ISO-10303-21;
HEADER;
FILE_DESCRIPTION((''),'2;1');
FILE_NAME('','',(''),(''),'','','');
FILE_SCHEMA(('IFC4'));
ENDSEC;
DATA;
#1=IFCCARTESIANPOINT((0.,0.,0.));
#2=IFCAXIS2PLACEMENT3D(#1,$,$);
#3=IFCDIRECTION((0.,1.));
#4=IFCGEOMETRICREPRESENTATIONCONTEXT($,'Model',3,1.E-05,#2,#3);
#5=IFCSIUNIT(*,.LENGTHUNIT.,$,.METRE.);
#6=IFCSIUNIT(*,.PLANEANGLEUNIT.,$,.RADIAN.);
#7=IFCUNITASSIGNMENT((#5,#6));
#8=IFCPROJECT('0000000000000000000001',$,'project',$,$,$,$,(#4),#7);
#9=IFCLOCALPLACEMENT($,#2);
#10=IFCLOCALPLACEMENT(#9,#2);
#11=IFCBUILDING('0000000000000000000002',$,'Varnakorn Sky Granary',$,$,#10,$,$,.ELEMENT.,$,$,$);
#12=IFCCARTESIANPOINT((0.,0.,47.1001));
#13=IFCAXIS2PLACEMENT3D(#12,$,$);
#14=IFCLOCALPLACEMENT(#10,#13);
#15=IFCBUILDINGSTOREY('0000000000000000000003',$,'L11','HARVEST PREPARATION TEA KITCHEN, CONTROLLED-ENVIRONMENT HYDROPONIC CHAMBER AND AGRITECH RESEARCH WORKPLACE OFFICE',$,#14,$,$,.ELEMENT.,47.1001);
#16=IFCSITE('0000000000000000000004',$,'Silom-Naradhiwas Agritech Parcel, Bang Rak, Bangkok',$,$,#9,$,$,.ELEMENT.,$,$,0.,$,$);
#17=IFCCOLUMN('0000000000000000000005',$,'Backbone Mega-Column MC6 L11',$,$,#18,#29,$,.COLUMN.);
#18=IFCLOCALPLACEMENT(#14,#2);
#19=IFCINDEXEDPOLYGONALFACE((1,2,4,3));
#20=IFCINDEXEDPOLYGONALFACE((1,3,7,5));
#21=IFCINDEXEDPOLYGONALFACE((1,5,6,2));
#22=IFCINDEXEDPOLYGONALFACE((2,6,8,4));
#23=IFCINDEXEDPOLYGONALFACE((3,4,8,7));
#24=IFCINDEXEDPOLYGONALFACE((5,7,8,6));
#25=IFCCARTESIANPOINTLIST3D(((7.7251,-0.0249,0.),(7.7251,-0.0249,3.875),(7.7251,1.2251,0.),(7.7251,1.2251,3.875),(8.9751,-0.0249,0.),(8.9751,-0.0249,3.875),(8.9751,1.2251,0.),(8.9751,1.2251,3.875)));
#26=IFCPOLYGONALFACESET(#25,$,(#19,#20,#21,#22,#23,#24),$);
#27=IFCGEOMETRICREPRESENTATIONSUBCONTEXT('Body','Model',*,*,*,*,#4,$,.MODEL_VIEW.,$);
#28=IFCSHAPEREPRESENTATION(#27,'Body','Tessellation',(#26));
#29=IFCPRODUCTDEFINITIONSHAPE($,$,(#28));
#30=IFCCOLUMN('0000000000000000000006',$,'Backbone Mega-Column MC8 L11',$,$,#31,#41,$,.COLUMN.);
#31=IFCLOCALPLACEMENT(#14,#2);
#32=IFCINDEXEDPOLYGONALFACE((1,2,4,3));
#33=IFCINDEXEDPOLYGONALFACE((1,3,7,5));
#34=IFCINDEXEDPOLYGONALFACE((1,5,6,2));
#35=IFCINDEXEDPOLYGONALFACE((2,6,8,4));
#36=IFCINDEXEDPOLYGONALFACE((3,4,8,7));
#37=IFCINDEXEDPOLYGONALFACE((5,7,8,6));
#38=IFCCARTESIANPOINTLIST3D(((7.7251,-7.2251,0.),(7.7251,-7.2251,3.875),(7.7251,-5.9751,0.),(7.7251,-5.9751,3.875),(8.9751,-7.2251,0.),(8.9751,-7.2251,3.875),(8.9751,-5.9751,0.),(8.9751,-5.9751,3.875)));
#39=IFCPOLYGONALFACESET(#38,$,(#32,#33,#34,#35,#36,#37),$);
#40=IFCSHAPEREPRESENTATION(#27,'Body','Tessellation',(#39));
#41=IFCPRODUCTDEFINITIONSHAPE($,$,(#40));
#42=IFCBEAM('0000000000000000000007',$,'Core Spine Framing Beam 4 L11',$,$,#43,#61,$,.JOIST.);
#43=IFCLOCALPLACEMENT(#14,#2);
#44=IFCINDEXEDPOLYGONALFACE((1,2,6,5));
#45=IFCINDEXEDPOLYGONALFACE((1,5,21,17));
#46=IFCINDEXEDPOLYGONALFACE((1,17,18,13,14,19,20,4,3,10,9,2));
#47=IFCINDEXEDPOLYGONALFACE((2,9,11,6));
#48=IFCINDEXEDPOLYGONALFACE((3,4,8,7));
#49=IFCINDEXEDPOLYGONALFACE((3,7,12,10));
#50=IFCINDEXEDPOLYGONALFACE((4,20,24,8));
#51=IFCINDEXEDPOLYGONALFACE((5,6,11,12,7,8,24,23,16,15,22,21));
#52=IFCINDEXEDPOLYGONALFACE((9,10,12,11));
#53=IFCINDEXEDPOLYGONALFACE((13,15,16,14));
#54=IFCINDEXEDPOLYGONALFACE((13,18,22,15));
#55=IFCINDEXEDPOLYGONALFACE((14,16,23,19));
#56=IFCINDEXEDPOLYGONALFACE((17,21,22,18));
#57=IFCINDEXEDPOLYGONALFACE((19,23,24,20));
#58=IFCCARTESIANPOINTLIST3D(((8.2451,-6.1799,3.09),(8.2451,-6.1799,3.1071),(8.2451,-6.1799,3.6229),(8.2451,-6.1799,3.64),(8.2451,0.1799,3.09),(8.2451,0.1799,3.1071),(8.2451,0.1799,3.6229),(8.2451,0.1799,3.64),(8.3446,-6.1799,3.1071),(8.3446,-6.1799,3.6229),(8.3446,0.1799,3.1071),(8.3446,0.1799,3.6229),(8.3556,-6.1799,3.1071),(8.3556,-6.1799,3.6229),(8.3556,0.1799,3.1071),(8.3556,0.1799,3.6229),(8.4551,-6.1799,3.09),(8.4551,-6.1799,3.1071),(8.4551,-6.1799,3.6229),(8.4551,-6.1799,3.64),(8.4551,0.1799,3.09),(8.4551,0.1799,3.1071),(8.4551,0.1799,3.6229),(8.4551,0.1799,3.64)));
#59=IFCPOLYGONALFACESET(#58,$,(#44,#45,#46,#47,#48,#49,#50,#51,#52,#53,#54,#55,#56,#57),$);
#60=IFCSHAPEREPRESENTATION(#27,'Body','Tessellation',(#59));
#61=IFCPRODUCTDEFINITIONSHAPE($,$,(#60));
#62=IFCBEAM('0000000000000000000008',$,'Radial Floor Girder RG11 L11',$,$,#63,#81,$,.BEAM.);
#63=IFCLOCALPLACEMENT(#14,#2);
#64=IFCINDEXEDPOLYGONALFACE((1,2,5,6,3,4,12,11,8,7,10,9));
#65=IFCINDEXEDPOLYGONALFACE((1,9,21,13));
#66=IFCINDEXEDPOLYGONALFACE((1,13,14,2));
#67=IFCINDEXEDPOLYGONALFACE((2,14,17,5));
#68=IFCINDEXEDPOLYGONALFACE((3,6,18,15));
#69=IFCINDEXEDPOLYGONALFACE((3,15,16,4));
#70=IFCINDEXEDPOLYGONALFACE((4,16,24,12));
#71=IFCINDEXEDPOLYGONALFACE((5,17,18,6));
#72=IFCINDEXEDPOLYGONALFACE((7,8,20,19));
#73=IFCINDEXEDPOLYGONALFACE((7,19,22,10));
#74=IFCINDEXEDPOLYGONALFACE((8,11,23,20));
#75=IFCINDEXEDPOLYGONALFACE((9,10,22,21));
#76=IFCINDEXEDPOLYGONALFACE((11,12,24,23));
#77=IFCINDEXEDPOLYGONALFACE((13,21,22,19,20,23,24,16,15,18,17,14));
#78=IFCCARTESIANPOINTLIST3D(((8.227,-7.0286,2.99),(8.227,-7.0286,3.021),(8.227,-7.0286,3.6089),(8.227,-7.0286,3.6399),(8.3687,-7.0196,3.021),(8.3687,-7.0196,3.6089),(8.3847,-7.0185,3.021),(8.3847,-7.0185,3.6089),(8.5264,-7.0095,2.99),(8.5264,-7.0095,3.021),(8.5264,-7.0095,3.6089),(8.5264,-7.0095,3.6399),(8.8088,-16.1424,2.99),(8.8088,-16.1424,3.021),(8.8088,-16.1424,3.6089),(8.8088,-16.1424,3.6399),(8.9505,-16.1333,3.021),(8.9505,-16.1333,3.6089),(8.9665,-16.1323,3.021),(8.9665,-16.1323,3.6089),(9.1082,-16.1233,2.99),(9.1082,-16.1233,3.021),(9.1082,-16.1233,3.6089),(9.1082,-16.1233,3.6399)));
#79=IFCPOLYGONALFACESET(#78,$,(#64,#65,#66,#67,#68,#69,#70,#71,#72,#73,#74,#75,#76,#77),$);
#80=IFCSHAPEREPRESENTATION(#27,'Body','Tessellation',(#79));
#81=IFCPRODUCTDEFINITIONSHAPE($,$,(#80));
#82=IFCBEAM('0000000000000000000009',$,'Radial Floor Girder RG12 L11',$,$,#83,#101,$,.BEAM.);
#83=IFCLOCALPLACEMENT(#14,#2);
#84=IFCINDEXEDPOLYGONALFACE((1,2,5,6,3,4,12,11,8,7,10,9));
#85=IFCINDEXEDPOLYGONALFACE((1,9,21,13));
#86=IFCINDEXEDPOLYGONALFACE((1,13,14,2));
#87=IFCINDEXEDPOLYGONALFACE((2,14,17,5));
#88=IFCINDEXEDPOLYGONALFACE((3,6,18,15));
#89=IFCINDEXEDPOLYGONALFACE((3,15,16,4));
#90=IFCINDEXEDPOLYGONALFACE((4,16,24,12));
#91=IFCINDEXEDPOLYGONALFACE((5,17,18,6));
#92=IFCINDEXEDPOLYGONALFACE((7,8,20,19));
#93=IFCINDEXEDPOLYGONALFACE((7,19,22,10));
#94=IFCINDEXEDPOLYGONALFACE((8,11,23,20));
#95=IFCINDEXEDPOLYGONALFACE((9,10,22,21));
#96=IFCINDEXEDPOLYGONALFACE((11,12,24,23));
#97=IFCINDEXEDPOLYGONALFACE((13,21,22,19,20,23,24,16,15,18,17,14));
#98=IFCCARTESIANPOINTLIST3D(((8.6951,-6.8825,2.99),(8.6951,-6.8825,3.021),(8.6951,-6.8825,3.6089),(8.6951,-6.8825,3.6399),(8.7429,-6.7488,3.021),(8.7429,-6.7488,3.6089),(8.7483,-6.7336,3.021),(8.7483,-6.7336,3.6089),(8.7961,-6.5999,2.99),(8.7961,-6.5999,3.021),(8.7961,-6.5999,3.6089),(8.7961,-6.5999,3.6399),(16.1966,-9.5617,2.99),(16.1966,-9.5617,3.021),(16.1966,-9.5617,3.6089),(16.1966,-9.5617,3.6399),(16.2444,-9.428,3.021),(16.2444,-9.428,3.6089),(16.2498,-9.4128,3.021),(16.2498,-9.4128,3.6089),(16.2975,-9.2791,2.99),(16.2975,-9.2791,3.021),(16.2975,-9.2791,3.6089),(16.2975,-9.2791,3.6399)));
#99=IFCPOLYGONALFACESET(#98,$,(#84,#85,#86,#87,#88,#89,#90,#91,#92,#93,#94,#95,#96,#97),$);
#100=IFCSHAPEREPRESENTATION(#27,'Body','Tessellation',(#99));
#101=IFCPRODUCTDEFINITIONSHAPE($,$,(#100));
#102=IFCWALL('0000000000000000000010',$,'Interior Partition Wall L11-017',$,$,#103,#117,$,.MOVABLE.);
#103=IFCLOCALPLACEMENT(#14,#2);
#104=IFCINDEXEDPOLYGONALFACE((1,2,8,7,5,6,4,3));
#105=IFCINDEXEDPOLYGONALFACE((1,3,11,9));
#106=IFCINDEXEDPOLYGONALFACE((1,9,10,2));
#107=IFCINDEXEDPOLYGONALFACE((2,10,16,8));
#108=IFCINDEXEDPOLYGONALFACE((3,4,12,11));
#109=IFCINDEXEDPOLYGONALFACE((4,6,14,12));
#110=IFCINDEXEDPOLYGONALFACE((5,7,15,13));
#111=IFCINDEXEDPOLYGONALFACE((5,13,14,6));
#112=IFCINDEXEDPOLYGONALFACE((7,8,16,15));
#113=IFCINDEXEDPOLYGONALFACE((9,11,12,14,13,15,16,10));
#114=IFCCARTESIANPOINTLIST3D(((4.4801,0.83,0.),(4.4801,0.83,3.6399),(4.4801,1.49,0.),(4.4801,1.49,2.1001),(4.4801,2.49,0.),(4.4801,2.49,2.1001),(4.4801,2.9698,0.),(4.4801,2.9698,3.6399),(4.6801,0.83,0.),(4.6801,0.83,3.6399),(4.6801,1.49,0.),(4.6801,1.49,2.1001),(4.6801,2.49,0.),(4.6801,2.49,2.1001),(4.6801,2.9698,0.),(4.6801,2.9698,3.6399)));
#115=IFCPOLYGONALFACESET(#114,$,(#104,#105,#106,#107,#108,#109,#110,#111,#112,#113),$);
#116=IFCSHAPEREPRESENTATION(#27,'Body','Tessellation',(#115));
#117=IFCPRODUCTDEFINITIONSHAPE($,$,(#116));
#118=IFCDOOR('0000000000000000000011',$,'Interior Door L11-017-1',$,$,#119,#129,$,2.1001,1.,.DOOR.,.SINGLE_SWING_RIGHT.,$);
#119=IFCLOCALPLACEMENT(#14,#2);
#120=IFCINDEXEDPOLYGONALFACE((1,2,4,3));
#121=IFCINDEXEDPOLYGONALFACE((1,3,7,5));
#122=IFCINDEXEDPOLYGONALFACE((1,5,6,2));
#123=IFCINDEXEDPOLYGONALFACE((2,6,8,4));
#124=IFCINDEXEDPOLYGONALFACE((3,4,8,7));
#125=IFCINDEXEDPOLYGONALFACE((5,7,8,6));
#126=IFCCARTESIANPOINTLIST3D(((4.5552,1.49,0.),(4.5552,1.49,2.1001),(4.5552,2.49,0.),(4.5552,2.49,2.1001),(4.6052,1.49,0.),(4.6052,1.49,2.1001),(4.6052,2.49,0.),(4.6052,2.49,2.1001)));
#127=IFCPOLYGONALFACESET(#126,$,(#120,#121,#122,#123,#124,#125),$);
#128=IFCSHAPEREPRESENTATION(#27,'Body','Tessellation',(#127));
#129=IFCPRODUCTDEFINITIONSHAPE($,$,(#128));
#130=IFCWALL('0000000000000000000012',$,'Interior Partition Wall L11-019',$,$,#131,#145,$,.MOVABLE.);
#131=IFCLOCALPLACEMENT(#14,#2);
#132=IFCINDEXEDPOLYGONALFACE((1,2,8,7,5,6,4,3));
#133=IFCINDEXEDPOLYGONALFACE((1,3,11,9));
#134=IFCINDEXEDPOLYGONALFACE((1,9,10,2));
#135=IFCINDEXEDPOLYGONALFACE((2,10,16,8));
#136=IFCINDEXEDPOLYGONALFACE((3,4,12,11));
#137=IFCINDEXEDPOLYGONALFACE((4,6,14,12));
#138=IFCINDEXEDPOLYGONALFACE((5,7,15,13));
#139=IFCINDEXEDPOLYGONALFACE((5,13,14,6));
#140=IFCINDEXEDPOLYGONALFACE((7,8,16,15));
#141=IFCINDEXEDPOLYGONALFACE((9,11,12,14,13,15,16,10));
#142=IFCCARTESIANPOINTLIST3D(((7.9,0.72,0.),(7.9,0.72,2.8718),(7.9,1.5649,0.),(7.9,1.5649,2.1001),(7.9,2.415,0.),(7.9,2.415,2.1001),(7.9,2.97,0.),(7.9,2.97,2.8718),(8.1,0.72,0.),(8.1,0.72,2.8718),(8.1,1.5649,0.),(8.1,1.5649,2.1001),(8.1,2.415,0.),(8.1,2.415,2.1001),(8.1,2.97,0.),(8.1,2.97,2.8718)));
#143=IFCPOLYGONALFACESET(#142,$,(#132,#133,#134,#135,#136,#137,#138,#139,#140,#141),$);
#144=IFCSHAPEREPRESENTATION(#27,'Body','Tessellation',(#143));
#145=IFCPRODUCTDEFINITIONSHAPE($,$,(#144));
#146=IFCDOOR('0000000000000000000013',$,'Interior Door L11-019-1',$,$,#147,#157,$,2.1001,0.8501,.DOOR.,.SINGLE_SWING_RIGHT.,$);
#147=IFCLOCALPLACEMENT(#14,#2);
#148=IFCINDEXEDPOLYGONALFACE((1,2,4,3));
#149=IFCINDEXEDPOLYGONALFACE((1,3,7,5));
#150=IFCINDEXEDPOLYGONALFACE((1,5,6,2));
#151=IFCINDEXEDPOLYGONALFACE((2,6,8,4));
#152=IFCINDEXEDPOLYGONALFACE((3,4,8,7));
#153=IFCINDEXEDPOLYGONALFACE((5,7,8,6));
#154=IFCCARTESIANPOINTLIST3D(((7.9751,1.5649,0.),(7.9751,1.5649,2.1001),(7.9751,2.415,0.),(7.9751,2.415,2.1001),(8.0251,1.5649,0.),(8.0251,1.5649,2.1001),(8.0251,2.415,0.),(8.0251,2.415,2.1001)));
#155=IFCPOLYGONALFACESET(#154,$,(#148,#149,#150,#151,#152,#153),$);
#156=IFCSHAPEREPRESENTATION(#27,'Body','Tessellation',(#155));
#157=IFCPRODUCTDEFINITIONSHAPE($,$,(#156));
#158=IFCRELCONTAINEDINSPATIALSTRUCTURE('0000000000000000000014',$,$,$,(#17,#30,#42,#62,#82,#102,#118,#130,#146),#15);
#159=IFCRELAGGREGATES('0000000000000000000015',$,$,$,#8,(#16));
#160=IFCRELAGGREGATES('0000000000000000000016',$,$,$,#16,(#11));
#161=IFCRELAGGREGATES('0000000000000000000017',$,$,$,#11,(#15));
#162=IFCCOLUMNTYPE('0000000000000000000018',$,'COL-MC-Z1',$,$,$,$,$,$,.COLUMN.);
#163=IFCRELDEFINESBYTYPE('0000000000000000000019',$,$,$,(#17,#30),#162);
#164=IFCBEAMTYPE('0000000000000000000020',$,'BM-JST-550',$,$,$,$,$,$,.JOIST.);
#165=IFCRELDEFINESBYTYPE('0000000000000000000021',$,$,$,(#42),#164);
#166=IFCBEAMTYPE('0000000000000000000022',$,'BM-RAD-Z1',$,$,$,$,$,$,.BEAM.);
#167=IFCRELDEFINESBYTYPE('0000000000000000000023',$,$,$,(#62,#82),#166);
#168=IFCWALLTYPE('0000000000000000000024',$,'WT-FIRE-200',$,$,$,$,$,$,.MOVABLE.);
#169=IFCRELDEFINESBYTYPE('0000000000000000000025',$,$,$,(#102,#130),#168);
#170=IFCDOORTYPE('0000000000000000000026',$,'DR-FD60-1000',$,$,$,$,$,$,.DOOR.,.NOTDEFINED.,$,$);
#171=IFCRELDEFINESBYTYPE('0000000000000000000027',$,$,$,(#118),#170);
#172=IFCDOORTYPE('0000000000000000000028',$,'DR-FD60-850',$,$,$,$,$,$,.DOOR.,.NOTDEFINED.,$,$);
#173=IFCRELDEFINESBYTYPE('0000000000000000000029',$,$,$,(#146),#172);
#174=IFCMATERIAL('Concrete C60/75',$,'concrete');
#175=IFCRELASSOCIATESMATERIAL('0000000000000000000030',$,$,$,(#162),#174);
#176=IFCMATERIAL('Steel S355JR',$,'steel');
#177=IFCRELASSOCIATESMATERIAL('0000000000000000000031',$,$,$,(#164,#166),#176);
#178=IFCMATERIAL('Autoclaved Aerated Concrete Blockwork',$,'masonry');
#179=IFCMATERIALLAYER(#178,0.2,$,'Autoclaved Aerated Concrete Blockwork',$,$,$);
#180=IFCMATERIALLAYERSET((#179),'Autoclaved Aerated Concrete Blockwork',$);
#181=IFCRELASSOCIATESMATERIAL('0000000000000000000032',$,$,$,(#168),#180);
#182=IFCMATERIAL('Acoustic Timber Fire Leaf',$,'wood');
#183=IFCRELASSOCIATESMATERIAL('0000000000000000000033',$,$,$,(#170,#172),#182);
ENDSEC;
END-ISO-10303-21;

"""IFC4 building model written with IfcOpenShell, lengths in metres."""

from ifc_helpers import new_model, si_unit, direction, frame, frame_2d, origin, origin_2d, place, context, subcontext, project, spatial, rectangle, i_section, extrude, material, layer, layer_set, material_profile, profile_set, type_object, element, fill, save


model = new_model("IFC4")

# Units and contexts
model_context = context("Model", 3, precision=1e-05, world=origin(), true_north=direction((0.0, 1.0)))
body_context = subcontext(model_context, "Body", "Model", "MODEL_VIEW")
ifc_project = project(units=[si_unit("LENGTHUNIT", "METRE"), si_unit("PLANEANGLEUNIT", "RADIAN")], contexts=[model_context])

# Site, building, storey
site_placement = place(None, origin())
site = spatial("IfcSite", under=ifc_project, at=site_placement, Name="Silom-Naradhiwas Agritech Parcel, Bang Rak, Bangkok", CompositionType="ELEMENT", RefElevation=0.0)
building_placement = place(site_placement, origin())
building = spatial("IfcBuilding", under=site, at=building_placement, Name="Varnakorn Sky Granary", CompositionType="ELEMENT")
storey_placement = place(building_placement, frame((0.0, 0.0, 47.1001)))
storey = spatial("IfcBuildingStorey", under=building, at=storey_placement, Name="L11", Description="HARVEST PREPARATION TEA KITCHEN, CONTROLLED-ENVIRONMENT HYDROPONIC CHAMBER AND AGRITECH RESEARCH WORKPLACE OFFICE", CompositionType="ELEMENT", Elevation=47.1001)

# Columns
ifc_material_1 = material(Name="Concrete C60/75", Category="concrete")
ifc_material_profile_1 = material_profile(ifc_material_1, rectangle(XDim=1.25, YDim=1.25, at=origin_2d()), Name="RC 1250x1250")
ifc_profile_set_1 = profile_set([ifc_material_profile_1], Name="Concrete C60/75")
column_type = type_object("IfcColumnType", Name="COL-MC-Z1", PredefinedType="COLUMN", material=ifc_profile_set_1)
for number, where, z_axis, x_axis, name in (
    (1, (8.3501, 0.6001, 0.0), (0.0, 0.0, 1.0), (1.0, 0.0, 0.0), "Backbone Mega-Column MC6 L11"),
    (2, (8.3501, -6.6001, 0.0), (0.0, 0.0, 1.0), (1.0, 0.0, 0.0), "Backbone Mega-Column MC8 L11"),
):
    element("IfcColumn", number, at=place(storey_placement, frame(where, z_axis=z_axis, x_axis=x_axis)), inside=storey, type_object=column_type, Name=name, PredefinedType="COLUMN", context=body_context, shape_type="SweptSolid", body=[
        extrude(rectangle(XDim=1.25, YDim=1.25, at=origin_2d()), origin(), (0.0, 0.0, 1.0), 3.875),
    ])

# Beams
ifc_material_2 = material(Name="Steel S355JR", Category="steel")
ifc_material_profile_2 = material_profile(ifc_material_2, i_section(OverallWidth=0.21, OverallDepth=0.55, WebThickness=0.011, FlangeThickness=0.0171, at=origin_2d()), Name="IPE 550")
ifc_profile_set_2 = profile_set([ifc_material_profile_2], Name="Steel S355JR")
beam_type_1 = type_object("IfcBeamType", Name="BM-JST-550", PredefinedType="JOIST", material=ifc_profile_set_2)
beam_1_placement = place(storey_placement, frame((8.3501, 0.1799, 3.365), z_axis=(0.0, -1.0, 0.0), x_axis=(1.0, 0.0, 0.0)))
element("IfcBeam", 3, at=beam_1_placement, inside=storey, type_object=beam_type_1, Name="Core Spine Framing Beam 4 L11", PredefinedType="JOIST", context=body_context, shape_type="SweptSolid", body=[
    extrude(i_section(OverallWidth=0.21, OverallDepth=0.55, WebThickness=0.011, FlangeThickness=0.0171, at=origin_2d()), origin(), (0.0, 0.0, 1.0), 6.3599),
])
ifc_material_profile_3 = material_profile(ifc_material_2, i_section(OverallWidth=0.3, OverallDepth=0.6499, WebThickness=0.0161, FlangeThickness=0.031, at=origin_2d()), Name="HE 650 B")
ifc_profile_set_3 = profile_set([ifc_material_profile_3], Name="Steel S355JR")
beam_type_2 = type_object("IfcBeamType", Name="BM-RAD-Z1", PredefinedType="BEAM", material=ifc_profile_set_3)
beam_2_placement = place(storey_placement, frame((8.3767, -7.019, 3.3149), z_axis=(0.063706, -0.997969, 0.0), x_axis=(0.997969, 0.063706, 0.0)))
element("IfcBeam", 4, at=beam_2_placement, inside=storey, type_object=beam_type_2, Name="Radial Floor Girder RG11 L11", PredefinedType="BEAM", context=body_context, shape_type="SweptSolid", body=[
    extrude(i_section(OverallWidth=0.3, OverallDepth=0.6499, WebThickness=0.0161, FlangeThickness=0.031, at=origin_2d()), origin(), (0.0, 0.0, 1.0), 9.1323),
])
beam_3_placement = place(storey_placement, frame((8.7456, -6.7412, 3.3149), z_axis=(0.941738, -0.336348, 0.0), x_axis=(0.336348, 0.941738, 0.0)))
element("IfcBeam", 5, at=beam_3_placement, inside=storey, type_object=beam_type_2, Name="Radial Floor Girder RG12 L11", PredefinedType="BEAM", context=body_context, shape_type="SweptSolid", body=[
    extrude(i_section(OverallWidth=0.3, OverallDepth=0.6499, WebThickness=0.0161, FlangeThickness=0.031, at=origin_2d()), origin(), (0.0, 0.0, 1.0), 7.9656),
])

# Walls, openings, doors
ifc_material_3 = material(Name="Autoclaved Aerated Concrete Blockwork", Category="masonry")
ifc_layer_1 = layer(ifc_material_3, 0.2, Name="Autoclaved Aerated Concrete Blockwork")
ifc_layer_set_1 = layer_set([ifc_layer_1], Name="Autoclaved Aerated Concrete Blockwork")
wall_type_1 = type_object("IfcWallType", Name="WT-FIRE-200", PredefinedType="MOVABLE", material=ifc_layer_set_1)
wall_1_placement = place(storey_placement, frame((4.5801, 0.8301, 0.0), z_axis=(0.0, 0.0, 1.0), x_axis=(0.0, 1.0, 0.0)))
wall_1 = element("IfcWall", 6, at=wall_1_placement, inside=storey, type_object=wall_type_1, Name="Interior Partition Wall L11-017", PredefinedType="MOVABLE", context=body_context, shape_type="SweptSolid", body=[
    extrude(rectangle(XDim=2.1399, YDim=0.2, at=frame_2d((1.0698, 0.0))), origin(), (0.0, 0.0, 1.0), 3.6399),
])
opening_1_placement = place(wall_1_placement, frame((0.6599, 0.0, 0.0)))
opening_1 = element("IfcOpeningElement", 7, at=opening_1_placement, cuts=wall_1, PredefinedType="OPENING", context=body_context, shape_type="SweptSolid", body=[
    extrude(rectangle(XDim=1.0, YDim=2.1001, at=frame_2d((0.5, 1.05))), frame((0.0, 0.1099, 0.0), z_axis=(0.0, -1.0, 0.0), x_axis=(1.0, 0.0, 0.0)), (0.0, 0.0, 1.0), 0.22),
])
ifc_material_4 = material(Name="Acoustic Timber Fire Leaf", Category="wood")
door_type_1 = type_object("IfcDoorType", Name="DR-FD60-1000", OperationType="NOTDEFINED", PredefinedType="DOOR", material=ifc_material_4)
door_1_placement = place(opening_1_placement, origin())
door_1 = element("IfcDoor", 8, at=door_1_placement, inside=storey, type_object=door_type_1, Name="Interior Door L11-017-1", OperationType="SINGLE_SWING_RIGHT", OverallHeight=2.1001, OverallWidth=1.0, PredefinedType="DOOR", context=body_context, shape_type="SweptSolid", body=[
    extrude(rectangle(XDim=1.0, YDim=2.1001, at=frame_2d((0.5, 1.05))), frame((0.0, 0.0249, 0.0), z_axis=(0.0, -1.0, 0.0), x_axis=(1.0, 0.0, 0.0)), (0.0, 0.0, 1.0), 0.05),
])
fill(opening_1, door_1)
wall_2_placement = place(storey_placement, frame((8.0, 0.72, 0.0), z_axis=(0.0, 0.0, 1.0), x_axis=(0.0, 1.0, 0.0)))
wall_2 = element("IfcWall", 9, at=wall_2_placement, inside=storey, type_object=wall_type_1, Name="Interior Partition Wall L11-019", PredefinedType="MOVABLE", context=body_context, shape_type="SweptSolid", body=[
    extrude(rectangle(XDim=2.25, YDim=0.2, at=frame_2d((1.125, 0.0))), origin(), (0.0, 0.0, 1.0), 2.8718),
])
opening_2_placement = place(wall_2_placement, frame((0.845, 0.0, 0.0)))
opening_2 = element("IfcOpeningElement", 10, at=opening_2_placement, cuts=wall_2, PredefinedType="OPENING", context=body_context, shape_type="SweptSolid", body=[
    extrude(rectangle(XDim=0.8501, YDim=2.1001, at=frame_2d((0.425, 1.05))), frame((0.0, 0.1099, 0.0), z_axis=(0.0, -1.0, 0.0), x_axis=(1.0, 0.0, 0.0)), (0.0, 0.0, 1.0), 0.22),
])
door_type_2 = type_object("IfcDoorType", Name="DR-FD60-850", OperationType="NOTDEFINED", PredefinedType="DOOR", material=ifc_material_4)
door_2_placement = place(opening_2_placement, origin())
door_2 = element("IfcDoor", 11, at=door_2_placement, inside=storey, type_object=door_type_2, Name="Interior Door L11-019-1", OperationType="SINGLE_SWING_RIGHT", OverallHeight=2.1001, OverallWidth=0.8501, PredefinedType="DOOR", context=body_context, shape_type="SweptSolid", body=[
    extrude(rectangle(XDim=0.8501, YDim=2.1001, at=frame_2d((0.425, 1.05))), frame((0.0, 0.0249, 0.0), z_axis=(0.0, -1.0, 0.0), x_axis=(1.0, 0.0, 0.0)), (0.0, 0.0, 1.0), 0.05),
])
fill(opening_2, door_2)

save(model, "model.ifc")
